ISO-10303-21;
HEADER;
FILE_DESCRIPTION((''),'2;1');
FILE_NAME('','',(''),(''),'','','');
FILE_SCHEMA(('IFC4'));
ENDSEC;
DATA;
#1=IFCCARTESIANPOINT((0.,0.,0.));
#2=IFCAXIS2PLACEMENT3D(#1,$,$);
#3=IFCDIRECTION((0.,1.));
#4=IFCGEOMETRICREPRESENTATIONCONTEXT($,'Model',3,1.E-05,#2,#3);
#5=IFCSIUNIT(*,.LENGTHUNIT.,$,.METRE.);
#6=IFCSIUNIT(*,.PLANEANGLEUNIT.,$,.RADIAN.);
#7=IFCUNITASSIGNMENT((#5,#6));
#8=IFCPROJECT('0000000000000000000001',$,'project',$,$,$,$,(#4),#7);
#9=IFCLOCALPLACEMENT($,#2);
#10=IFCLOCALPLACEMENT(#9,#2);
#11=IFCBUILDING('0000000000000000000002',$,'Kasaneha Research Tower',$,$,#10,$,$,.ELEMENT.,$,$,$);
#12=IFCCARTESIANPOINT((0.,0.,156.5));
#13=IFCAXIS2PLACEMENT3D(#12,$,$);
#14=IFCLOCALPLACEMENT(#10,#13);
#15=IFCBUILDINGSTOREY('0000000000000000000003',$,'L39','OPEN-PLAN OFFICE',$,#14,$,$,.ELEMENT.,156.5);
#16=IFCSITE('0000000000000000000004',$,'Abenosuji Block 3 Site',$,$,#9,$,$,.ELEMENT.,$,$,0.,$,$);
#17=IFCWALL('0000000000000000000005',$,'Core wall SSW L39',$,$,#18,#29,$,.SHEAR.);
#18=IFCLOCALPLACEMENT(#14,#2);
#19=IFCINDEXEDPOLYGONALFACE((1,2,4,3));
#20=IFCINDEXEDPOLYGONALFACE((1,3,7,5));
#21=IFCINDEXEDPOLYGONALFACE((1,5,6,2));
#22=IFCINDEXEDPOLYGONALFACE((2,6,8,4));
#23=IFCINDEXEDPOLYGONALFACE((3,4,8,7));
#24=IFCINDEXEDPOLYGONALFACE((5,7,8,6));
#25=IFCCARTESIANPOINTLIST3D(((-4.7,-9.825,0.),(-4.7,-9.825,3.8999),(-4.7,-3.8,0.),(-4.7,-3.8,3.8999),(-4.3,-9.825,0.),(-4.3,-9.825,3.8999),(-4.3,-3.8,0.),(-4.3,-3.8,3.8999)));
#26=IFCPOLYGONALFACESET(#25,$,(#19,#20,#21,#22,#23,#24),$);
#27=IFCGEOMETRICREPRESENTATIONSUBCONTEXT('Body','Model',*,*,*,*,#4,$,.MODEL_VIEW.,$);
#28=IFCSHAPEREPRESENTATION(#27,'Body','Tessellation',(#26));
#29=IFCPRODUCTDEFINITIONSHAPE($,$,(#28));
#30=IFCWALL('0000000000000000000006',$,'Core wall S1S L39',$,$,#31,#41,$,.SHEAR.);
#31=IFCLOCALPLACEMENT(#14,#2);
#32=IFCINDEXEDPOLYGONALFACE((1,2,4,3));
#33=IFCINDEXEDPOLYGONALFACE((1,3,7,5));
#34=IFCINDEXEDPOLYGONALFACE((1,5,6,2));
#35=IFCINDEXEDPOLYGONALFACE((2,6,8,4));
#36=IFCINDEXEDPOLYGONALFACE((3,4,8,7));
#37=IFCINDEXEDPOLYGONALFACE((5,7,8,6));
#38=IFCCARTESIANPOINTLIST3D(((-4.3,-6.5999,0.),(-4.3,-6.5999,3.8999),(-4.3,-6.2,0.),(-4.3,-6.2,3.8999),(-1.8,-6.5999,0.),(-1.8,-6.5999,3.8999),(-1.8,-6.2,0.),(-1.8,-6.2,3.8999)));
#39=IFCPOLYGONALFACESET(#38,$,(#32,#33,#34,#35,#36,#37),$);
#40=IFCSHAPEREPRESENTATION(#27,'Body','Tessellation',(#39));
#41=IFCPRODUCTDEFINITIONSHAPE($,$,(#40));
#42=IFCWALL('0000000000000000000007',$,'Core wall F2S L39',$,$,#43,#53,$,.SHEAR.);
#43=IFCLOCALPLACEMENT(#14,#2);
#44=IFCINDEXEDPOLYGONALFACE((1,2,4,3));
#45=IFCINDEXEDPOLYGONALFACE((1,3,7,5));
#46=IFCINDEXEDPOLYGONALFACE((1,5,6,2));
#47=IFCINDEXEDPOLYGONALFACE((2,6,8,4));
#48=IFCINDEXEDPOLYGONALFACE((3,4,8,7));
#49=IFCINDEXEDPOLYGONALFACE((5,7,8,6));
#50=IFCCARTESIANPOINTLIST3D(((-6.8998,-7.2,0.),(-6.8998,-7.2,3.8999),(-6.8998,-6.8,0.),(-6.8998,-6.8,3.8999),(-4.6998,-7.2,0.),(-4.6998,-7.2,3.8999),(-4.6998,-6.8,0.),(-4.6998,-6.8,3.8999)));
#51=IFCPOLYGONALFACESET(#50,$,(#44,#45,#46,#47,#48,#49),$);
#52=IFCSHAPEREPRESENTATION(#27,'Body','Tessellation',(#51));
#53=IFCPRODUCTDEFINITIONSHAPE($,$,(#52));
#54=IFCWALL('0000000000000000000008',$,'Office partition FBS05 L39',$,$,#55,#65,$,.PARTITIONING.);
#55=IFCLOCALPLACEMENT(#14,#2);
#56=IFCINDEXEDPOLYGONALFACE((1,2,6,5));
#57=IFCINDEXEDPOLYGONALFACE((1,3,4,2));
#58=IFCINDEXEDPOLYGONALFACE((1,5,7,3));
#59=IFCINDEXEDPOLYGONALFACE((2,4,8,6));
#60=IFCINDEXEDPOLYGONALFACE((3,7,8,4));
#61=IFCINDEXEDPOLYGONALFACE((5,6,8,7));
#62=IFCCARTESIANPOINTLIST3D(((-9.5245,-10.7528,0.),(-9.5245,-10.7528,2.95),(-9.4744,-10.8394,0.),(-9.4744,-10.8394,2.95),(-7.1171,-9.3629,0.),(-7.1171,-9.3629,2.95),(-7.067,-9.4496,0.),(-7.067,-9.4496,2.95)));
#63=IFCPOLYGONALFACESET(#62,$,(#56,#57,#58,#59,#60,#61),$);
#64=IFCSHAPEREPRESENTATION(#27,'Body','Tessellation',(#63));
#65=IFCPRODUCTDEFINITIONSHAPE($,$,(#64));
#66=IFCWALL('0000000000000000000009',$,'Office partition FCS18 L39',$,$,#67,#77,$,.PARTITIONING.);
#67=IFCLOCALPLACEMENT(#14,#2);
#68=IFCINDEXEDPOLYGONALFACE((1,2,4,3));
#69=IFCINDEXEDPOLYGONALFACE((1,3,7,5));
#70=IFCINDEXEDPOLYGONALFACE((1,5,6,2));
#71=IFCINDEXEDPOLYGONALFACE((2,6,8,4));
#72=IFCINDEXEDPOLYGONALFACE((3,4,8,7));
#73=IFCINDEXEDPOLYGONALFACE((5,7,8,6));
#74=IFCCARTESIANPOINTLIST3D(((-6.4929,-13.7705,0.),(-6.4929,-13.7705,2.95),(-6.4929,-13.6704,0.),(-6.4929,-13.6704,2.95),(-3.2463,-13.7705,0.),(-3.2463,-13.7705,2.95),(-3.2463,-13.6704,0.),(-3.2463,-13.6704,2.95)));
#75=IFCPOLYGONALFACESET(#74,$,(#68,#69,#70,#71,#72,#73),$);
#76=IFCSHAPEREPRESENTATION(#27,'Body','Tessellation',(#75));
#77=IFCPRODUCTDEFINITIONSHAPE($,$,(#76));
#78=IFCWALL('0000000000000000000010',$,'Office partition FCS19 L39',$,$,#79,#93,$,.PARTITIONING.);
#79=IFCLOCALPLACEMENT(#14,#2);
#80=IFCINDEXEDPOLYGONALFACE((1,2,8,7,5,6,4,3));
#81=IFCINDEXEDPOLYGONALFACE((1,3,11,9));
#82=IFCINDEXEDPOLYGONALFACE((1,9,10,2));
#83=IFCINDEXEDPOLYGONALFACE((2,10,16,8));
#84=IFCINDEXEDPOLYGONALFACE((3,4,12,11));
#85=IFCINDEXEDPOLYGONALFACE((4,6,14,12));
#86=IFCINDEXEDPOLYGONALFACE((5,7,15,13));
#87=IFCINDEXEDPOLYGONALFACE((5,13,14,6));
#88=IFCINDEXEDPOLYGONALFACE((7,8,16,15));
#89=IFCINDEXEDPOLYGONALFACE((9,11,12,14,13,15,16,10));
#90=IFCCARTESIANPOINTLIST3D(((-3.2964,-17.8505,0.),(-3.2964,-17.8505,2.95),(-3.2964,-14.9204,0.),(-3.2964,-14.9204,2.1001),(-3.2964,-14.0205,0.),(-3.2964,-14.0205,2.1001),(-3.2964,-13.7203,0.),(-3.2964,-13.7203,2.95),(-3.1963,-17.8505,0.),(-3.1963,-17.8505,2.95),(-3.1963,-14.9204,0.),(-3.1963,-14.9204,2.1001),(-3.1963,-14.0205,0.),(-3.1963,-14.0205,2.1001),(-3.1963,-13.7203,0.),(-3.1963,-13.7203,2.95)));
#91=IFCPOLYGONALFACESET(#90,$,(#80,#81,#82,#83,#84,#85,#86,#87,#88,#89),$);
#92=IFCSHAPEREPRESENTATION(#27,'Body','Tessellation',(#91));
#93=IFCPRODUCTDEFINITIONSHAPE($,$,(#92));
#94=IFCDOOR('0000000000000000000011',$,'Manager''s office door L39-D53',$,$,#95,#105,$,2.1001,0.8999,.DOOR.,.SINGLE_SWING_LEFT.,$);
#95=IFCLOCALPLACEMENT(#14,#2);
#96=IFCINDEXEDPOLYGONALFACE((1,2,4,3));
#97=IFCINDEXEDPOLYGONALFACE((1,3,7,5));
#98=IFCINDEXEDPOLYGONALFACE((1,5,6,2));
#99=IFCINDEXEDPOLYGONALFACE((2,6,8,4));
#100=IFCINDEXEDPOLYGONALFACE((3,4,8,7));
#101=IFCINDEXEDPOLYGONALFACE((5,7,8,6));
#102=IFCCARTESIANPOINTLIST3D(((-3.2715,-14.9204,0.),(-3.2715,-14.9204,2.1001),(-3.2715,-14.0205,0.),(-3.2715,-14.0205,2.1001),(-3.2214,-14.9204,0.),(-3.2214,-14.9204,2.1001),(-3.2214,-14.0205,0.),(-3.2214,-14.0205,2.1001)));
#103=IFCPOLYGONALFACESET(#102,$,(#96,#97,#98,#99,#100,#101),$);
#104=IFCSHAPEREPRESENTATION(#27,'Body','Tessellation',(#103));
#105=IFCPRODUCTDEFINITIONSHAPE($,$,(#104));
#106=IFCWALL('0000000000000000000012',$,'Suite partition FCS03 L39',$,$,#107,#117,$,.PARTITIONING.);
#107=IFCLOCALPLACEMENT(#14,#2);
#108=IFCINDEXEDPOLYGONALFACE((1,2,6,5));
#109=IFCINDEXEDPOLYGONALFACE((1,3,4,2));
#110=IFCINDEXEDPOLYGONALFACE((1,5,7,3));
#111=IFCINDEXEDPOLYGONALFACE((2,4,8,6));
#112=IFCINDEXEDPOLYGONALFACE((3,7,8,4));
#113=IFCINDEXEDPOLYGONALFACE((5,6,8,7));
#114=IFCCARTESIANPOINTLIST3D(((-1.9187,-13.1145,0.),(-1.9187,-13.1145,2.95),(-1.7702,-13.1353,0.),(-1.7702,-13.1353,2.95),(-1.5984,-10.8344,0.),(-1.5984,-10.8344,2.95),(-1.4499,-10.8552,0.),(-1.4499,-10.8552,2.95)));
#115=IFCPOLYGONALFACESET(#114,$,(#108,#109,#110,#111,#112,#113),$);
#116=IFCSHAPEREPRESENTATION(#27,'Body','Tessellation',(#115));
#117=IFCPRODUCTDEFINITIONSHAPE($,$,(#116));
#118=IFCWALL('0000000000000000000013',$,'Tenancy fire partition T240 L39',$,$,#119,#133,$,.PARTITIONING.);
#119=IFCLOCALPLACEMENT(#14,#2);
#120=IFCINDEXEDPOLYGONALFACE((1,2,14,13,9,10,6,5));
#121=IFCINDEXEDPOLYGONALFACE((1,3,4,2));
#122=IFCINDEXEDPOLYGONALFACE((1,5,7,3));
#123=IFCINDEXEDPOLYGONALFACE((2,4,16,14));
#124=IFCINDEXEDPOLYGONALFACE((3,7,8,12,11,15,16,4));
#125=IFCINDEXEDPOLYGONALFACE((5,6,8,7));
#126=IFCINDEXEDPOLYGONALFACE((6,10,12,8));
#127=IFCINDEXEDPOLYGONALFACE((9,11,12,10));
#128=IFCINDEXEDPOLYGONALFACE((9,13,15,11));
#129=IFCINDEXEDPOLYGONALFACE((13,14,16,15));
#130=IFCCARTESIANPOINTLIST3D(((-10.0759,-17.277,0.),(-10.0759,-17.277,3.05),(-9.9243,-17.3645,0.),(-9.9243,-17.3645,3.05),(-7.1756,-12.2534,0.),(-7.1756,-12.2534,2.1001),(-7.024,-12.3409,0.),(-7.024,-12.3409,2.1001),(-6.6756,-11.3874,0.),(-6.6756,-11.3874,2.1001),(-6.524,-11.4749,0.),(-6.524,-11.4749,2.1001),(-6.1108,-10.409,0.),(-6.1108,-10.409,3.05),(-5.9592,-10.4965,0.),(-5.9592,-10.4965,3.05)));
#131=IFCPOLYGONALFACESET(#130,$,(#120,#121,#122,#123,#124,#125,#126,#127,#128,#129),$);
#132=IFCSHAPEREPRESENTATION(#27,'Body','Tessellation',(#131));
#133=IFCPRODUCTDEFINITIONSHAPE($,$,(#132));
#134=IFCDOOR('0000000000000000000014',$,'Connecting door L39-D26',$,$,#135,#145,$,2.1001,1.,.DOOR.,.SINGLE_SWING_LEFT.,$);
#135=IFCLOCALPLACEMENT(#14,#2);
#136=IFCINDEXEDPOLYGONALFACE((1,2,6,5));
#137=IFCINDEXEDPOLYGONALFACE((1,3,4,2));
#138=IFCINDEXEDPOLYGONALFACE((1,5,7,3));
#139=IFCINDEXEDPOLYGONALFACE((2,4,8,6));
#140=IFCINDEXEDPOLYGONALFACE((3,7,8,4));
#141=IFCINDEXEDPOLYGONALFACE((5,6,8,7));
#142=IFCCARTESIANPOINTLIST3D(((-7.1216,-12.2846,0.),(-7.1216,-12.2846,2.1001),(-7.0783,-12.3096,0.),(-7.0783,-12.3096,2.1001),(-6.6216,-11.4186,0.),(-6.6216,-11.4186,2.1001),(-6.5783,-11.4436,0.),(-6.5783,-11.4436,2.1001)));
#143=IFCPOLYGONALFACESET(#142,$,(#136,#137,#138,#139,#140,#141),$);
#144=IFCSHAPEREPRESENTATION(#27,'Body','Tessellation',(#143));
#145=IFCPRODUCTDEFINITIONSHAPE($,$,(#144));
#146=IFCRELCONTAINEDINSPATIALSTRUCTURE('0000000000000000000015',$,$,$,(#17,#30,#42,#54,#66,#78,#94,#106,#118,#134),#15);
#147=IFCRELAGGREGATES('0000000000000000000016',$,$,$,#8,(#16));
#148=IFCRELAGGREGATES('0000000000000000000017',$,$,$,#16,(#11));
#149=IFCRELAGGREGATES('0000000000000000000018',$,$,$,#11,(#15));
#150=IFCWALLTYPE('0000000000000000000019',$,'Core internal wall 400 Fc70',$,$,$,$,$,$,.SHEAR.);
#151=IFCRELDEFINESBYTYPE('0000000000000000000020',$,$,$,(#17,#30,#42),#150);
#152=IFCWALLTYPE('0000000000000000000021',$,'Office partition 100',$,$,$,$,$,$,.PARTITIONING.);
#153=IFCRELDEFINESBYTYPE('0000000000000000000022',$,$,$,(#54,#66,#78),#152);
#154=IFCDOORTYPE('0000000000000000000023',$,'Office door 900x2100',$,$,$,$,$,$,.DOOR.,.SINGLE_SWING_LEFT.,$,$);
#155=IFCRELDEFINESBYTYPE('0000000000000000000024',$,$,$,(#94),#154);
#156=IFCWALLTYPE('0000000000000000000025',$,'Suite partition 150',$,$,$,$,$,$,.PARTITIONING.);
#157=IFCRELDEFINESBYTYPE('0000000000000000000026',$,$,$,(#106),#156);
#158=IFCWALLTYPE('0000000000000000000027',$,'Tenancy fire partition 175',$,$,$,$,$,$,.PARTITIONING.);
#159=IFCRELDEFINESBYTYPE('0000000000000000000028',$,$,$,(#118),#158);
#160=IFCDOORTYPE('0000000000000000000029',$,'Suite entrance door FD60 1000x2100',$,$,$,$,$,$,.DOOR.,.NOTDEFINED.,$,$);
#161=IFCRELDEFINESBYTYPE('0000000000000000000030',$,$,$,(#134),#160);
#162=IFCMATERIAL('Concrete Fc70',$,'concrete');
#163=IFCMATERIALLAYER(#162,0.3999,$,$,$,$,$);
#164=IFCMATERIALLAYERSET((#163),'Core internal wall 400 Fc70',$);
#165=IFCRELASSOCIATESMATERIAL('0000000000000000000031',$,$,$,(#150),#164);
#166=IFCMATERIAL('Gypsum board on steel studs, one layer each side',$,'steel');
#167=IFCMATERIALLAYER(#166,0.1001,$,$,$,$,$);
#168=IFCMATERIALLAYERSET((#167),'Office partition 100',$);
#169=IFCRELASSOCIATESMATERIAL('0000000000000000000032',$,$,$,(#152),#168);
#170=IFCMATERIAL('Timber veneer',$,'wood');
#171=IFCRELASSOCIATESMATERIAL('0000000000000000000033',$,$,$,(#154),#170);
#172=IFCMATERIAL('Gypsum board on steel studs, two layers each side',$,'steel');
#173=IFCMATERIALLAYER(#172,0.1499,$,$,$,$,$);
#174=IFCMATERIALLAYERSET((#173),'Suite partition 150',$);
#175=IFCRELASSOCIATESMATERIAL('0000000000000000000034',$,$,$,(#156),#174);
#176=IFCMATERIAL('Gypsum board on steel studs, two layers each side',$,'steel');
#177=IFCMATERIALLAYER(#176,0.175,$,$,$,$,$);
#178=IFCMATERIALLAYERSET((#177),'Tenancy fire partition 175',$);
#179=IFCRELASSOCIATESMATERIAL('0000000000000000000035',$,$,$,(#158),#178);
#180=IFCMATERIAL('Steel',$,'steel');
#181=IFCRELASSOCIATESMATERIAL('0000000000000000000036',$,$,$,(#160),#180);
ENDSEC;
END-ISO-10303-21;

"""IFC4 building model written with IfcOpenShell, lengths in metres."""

from ifc_helpers import new_model, si_unit, direction, frame, frame_2d, origin, place, context, subcontext, project, spatial, rectangle, extrude, material, layer, layer_set, type_object, element, fill, save


model = new_model("IFC4")

# Units and contexts
model_context = context("Model", 3, precision=1e-05, world=origin(), true_north=direction((0.0, 1.0)))
body_context = subcontext(model_context, "Body", "Model", "MODEL_VIEW")
ifc_project = project(units=[si_unit("LENGTHUNIT", "METRE"), si_unit("PLANEANGLEUNIT", "RADIAN")], contexts=[model_context])

# Site, building, storey
site_placement = place(None, origin())
site = spatial("IfcSite", under=ifc_project, at=site_placement, Name="Abenosuji Block 3 Site", CompositionType="ELEMENT", RefElevation=0.0)
building_placement = place(site_placement, origin())
building = spatial("IfcBuilding", under=site, at=building_placement, Name="Kasaneha Research Tower", CompositionType="ELEMENT")
storey_placement = place(building_placement, frame((0.0, 0.0, 156.5)))
storey = spatial("IfcBuildingStorey", under=building, at=storey_placement, Name="L39", Description="OPEN-PLAN OFFICE", CompositionType="ELEMENT", Elevation=156.5)

# Shared definitions
ifc_material_1 = material(Name="Concrete Fc70", Category="concrete")
ifc_layer_1 = layer(ifc_material_1, 0.3999)
ifc_layer_set_1 = layer_set([ifc_layer_1], Name="Core internal wall 400 Fc70")
wall_type_1 = type_object("IfcWallType", Name="Core internal wall 400 Fc70", PredefinedType="SHEAR", material=ifc_layer_set_1)

# Walls
wall_1_placement = place(storey_placement, frame((-4.5, -3.8, 0.0), z_axis=(0.0, 0.0, 1.0), x_axis=(0.0, -1.0, 0.0)))
element("IfcWall", 1, at=wall_1_placement, inside=storey, type_object=wall_type_1, Name="Core wall SSW L39", PredefinedType="SHEAR", context=body_context, shape_type="SweptSolid", body=[
    extrude(rectangle(XDim=6.0249, YDim=0.3999, at=frame_2d((3.0125, 0.0))), origin(), (0.0, 0.0, 1.0), 3.8999),
])
wall_2_placement = place(storey_placement, frame((-4.3, -6.3999, 0.0), z_axis=(0.0, 0.0, 1.0), x_axis=(1.0, 0.0, 0.0)))
element("IfcWall", 2, at=wall_2_placement, inside=storey, type_object=wall_type_1, Name="Core wall S1S L39", PredefinedType="SHEAR", context=body_context, shape_type="SweptSolid", body=[
    extrude(rectangle(XDim=2.5, YDim=0.3999, at=frame_2d((1.25, 0.0))), origin(), (0.0, 0.0, 1.0), 3.8999),
])
wall_3_placement = place(storey_placement, frame((-6.8999, -7.0, 0.0), z_axis=(0.0, 0.0, 1.0), x_axis=(1.0, 0.0, 0.0)))
element("IfcWall", 3, at=wall_3_placement, inside=storey, type_object=wall_type_1, Name="Core wall F2S L39", PredefinedType="SHEAR", context=body_context, shape_type="SweptSolid", body=[
    extrude(rectangle(XDim=2.2, YDim=0.3999, at=frame_2d((1.1001, 0.0))), origin(), (0.0, 0.0, 1.0), 3.8999),
])

# Walls
ifc_material_2 = material(Name="Gypsum board on steel studs, one layer each side", Category="steel")
ifc_layer_2 = layer(ifc_material_2, 0.1001)
ifc_layer_set_2 = layer_set([ifc_layer_2], Name="Office partition 100")
wall_type_2 = type_object("IfcWallType", Name="Office partition 100", PredefinedType="PARTITIONING", material=ifc_layer_set_2)
wall_4_placement = place(storey_placement, frame((-7.092, -9.4062, 0.0), z_axis=(0.0, 0.0, 1.0), x_axis=(-0.866035, -0.499983, 0.0)))
element("IfcWall", 4, at=wall_4_placement, inside=storey, type_object=wall_type_2, Name="Office partition FBS05 L39", PredefinedType="PARTITIONING", context=body_context, shape_type="SweptSolid", body=[
    extrude(rectangle(XDim=2.7798, YDim=0.1001, at=frame_2d((1.3899, 0.0))), origin(), (0.0, 0.0, 1.0), 2.95),
])
wall_5_placement = place(storey_placement, frame((-6.4929, -13.7205, 0.0), z_axis=(0.0, 0.0, 1.0), x_axis=(1.0, 0.0, 0.0)))
element("IfcWall", 5, at=wall_5_placement, inside=storey, type_object=wall_type_2, Name="Office partition FCS18 L39", PredefinedType="PARTITIONING", context=body_context, shape_type="SweptSolid", body=[
    extrude(rectangle(XDim=3.2466, YDim=0.1001, at=frame_2d((1.6233, 0.0))), origin(), (0.0, 0.0, 1.0), 2.95),
])

# Wall, opening, door
wall_6_placement = place(storey_placement, frame((-3.2463, -13.7205, 0.0), z_axis=(0.0, 0.0, 1.0), x_axis=(0.0, -1.0, 0.0)))
wall_6 = element("IfcWall", 6, at=wall_6_placement, inside=storey, type_object=wall_type_2, Name="Office partition FCS19 L39", PredefinedType="PARTITIONING", context=body_context, shape_type="SweptSolid", body=[
    extrude(rectangle(XDim=4.1301, YDim=0.1001, at=frame_2d((2.0649, 0.0))), origin(), (0.0, 0.0, 1.0), 2.95),
])
opening_1_placement = place(wall_6_placement, frame((0.3, 0.0, 0.0)))
opening_1 = element("IfcOpeningElement", 7, at=opening_1_placement, cuts=wall_6, PredefinedType="OPENING", context=body_context, shape_type="SweptSolid", body=[
    extrude(rectangle(XDim=0.8999, YDim=2.1001, at=frame_2d((0.45, 1.05))), frame((0.0, 0.0601, 0.0), z_axis=(0.0, -1.0, 0.0), x_axis=(1.0, 0.0, 0.0)), (0.0, 0.0, 1.0), 0.1201),
])
ifc_material_3 = material(Name="Timber veneer", Category="wood")
door_type_1 = type_object("IfcDoorType", Name="Office door 900x2100", OperationType="SINGLE_SWING_LEFT", PredefinedType="DOOR", material=ifc_material_3)
door_1_placement = place(opening_1_placement, origin())
door_1 = element("IfcDoor", 8, at=door_1_placement, inside=storey, type_object=door_type_1, Name="Manager's office door L39-D53", OperationType="SINGLE_SWING_LEFT", OverallHeight=2.1001, OverallWidth=0.8999, PredefinedType="DOOR", context=body_context, shape_type="SweptSolid", body=[
    extrude(rectangle(XDim=0.8999, YDim=2.1001, at=frame_2d((0.45, 1.05))), frame((0.0, 0.0249, 0.0), z_axis=(0.0, -1.0, 0.0), x_axis=(1.0, 0.0, 0.0)), (0.0, 0.0, 1.0), 0.05),
])
fill(opening_1, door_1)

# Wall
ifc_material_4 = material(Name="Gypsum board on steel studs, two layers each side", Category="steel")
ifc_layer_3 = layer(ifc_material_4, 0.1499)
ifc_layer_set_3 = layer_set([ifc_layer_3], Name="Suite partition 150")
wall_type_3 = type_object("IfcWallType", Name="Suite partition 150", PredefinedType="PARTITIONING", material=ifc_layer_set_3)
wall_7_placement = place(storey_placement, frame((-1.8445, -13.125, 0.0), z_axis=(0.0, 0.0, 1.0), x_axis=(0.13912, 0.990276, 0.0)))
element("IfcWall", 9, at=wall_7_placement, inside=storey, type_object=wall_type_3, Name="Suite partition FCS03 L39", PredefinedType="PARTITIONING", context=body_context, shape_type="SweptSolid", body=[
    extrude(rectangle(XDim=2.3025, YDim=0.1499, at=frame_2d((1.1514, 0.0))), origin(), (0.0, 0.0, 1.0), 2.95),
])

# Wall, opening, door
ifc_material_5 = material(Name="Gypsum board on steel studs, two layers each side", Category="steel")
ifc_layer_4 = layer(ifc_material_5, 0.175)
ifc_layer_set_4 = layer_set([ifc_layer_4], Name="Tenancy fire partition 175")
wall_type_4 = type_object("IfcWallType", Name="Tenancy fire partition 175", PredefinedType="PARTITIONING", material=ifc_layer_set_4)
wall_8_placement = place(storey_placement, frame((-6.0349, -10.4526, 0.0), z_axis=(0.0, 0.0, 1.0), x_axis=(-0.49999, -0.866031, 0.0)))
wall_8 = element("IfcWall", 10, at=wall_8_placement, inside=storey, type_object=wall_type_4, Name="Tenancy fire partition T240 L39", PredefinedType="PARTITIONING", context=body_context, shape_type="SweptSolid", body=[
    extrude(rectangle(XDim=7.9304, YDim=0.175, at=frame_2d((3.9653, 0.0))), origin(), (0.0, 0.0, 1.0), 3.05),
])
opening_2_placement = place(wall_8_placement, frame((1.1299, 0.0, 0.0)))
opening_2 = element("IfcOpeningElement", 11, at=opening_2_placement, cuts=wall_8, PredefinedType="OPENING", context=body_context, shape_type="SweptSolid", body=[
    extrude(rectangle(XDim=1.0, YDim=2.1001, at=frame_2d((0.5, 1.05))), frame((0.0, 0.0977, 0.0), z_axis=(0.0, -1.0, 0.0), x_axis=(1.0, 0.0, 0.0)), (0.0, 0.0, 1.0), 0.1951),
])
ifc_material_6 = material(Name="Steel", Category="steel")
door_type_2 = type_object("IfcDoorType", Name="Suite entrance door FD60 1000x2100", OperationType="NOTDEFINED", PredefinedType="DOOR", material=ifc_material_6)
door_2_placement = place(opening_2_placement, origin())
door_2 = element("IfcDoor", 12, at=door_2_placement, inside=storey, type_object=door_type_2, Name="Connecting door L39-D26", OperationType="SINGLE_SWING_LEFT", OverallHeight=2.1001, OverallWidth=1.0, PredefinedType="DOOR", context=body_context, shape_type="SweptSolid", body=[
    extrude(rectangle(XDim=1.0, YDim=2.1001, at=frame_2d((0.5, 1.05))), frame((0.0, 0.0249, 0.0), z_axis=(0.0, -1.0, 0.0), x_axis=(1.0, 0.0, 0.0)), (0.0, 0.0, 1.0), 0.05),
])
fill(opening_2, door_2)

save(model, "model.ifc")
